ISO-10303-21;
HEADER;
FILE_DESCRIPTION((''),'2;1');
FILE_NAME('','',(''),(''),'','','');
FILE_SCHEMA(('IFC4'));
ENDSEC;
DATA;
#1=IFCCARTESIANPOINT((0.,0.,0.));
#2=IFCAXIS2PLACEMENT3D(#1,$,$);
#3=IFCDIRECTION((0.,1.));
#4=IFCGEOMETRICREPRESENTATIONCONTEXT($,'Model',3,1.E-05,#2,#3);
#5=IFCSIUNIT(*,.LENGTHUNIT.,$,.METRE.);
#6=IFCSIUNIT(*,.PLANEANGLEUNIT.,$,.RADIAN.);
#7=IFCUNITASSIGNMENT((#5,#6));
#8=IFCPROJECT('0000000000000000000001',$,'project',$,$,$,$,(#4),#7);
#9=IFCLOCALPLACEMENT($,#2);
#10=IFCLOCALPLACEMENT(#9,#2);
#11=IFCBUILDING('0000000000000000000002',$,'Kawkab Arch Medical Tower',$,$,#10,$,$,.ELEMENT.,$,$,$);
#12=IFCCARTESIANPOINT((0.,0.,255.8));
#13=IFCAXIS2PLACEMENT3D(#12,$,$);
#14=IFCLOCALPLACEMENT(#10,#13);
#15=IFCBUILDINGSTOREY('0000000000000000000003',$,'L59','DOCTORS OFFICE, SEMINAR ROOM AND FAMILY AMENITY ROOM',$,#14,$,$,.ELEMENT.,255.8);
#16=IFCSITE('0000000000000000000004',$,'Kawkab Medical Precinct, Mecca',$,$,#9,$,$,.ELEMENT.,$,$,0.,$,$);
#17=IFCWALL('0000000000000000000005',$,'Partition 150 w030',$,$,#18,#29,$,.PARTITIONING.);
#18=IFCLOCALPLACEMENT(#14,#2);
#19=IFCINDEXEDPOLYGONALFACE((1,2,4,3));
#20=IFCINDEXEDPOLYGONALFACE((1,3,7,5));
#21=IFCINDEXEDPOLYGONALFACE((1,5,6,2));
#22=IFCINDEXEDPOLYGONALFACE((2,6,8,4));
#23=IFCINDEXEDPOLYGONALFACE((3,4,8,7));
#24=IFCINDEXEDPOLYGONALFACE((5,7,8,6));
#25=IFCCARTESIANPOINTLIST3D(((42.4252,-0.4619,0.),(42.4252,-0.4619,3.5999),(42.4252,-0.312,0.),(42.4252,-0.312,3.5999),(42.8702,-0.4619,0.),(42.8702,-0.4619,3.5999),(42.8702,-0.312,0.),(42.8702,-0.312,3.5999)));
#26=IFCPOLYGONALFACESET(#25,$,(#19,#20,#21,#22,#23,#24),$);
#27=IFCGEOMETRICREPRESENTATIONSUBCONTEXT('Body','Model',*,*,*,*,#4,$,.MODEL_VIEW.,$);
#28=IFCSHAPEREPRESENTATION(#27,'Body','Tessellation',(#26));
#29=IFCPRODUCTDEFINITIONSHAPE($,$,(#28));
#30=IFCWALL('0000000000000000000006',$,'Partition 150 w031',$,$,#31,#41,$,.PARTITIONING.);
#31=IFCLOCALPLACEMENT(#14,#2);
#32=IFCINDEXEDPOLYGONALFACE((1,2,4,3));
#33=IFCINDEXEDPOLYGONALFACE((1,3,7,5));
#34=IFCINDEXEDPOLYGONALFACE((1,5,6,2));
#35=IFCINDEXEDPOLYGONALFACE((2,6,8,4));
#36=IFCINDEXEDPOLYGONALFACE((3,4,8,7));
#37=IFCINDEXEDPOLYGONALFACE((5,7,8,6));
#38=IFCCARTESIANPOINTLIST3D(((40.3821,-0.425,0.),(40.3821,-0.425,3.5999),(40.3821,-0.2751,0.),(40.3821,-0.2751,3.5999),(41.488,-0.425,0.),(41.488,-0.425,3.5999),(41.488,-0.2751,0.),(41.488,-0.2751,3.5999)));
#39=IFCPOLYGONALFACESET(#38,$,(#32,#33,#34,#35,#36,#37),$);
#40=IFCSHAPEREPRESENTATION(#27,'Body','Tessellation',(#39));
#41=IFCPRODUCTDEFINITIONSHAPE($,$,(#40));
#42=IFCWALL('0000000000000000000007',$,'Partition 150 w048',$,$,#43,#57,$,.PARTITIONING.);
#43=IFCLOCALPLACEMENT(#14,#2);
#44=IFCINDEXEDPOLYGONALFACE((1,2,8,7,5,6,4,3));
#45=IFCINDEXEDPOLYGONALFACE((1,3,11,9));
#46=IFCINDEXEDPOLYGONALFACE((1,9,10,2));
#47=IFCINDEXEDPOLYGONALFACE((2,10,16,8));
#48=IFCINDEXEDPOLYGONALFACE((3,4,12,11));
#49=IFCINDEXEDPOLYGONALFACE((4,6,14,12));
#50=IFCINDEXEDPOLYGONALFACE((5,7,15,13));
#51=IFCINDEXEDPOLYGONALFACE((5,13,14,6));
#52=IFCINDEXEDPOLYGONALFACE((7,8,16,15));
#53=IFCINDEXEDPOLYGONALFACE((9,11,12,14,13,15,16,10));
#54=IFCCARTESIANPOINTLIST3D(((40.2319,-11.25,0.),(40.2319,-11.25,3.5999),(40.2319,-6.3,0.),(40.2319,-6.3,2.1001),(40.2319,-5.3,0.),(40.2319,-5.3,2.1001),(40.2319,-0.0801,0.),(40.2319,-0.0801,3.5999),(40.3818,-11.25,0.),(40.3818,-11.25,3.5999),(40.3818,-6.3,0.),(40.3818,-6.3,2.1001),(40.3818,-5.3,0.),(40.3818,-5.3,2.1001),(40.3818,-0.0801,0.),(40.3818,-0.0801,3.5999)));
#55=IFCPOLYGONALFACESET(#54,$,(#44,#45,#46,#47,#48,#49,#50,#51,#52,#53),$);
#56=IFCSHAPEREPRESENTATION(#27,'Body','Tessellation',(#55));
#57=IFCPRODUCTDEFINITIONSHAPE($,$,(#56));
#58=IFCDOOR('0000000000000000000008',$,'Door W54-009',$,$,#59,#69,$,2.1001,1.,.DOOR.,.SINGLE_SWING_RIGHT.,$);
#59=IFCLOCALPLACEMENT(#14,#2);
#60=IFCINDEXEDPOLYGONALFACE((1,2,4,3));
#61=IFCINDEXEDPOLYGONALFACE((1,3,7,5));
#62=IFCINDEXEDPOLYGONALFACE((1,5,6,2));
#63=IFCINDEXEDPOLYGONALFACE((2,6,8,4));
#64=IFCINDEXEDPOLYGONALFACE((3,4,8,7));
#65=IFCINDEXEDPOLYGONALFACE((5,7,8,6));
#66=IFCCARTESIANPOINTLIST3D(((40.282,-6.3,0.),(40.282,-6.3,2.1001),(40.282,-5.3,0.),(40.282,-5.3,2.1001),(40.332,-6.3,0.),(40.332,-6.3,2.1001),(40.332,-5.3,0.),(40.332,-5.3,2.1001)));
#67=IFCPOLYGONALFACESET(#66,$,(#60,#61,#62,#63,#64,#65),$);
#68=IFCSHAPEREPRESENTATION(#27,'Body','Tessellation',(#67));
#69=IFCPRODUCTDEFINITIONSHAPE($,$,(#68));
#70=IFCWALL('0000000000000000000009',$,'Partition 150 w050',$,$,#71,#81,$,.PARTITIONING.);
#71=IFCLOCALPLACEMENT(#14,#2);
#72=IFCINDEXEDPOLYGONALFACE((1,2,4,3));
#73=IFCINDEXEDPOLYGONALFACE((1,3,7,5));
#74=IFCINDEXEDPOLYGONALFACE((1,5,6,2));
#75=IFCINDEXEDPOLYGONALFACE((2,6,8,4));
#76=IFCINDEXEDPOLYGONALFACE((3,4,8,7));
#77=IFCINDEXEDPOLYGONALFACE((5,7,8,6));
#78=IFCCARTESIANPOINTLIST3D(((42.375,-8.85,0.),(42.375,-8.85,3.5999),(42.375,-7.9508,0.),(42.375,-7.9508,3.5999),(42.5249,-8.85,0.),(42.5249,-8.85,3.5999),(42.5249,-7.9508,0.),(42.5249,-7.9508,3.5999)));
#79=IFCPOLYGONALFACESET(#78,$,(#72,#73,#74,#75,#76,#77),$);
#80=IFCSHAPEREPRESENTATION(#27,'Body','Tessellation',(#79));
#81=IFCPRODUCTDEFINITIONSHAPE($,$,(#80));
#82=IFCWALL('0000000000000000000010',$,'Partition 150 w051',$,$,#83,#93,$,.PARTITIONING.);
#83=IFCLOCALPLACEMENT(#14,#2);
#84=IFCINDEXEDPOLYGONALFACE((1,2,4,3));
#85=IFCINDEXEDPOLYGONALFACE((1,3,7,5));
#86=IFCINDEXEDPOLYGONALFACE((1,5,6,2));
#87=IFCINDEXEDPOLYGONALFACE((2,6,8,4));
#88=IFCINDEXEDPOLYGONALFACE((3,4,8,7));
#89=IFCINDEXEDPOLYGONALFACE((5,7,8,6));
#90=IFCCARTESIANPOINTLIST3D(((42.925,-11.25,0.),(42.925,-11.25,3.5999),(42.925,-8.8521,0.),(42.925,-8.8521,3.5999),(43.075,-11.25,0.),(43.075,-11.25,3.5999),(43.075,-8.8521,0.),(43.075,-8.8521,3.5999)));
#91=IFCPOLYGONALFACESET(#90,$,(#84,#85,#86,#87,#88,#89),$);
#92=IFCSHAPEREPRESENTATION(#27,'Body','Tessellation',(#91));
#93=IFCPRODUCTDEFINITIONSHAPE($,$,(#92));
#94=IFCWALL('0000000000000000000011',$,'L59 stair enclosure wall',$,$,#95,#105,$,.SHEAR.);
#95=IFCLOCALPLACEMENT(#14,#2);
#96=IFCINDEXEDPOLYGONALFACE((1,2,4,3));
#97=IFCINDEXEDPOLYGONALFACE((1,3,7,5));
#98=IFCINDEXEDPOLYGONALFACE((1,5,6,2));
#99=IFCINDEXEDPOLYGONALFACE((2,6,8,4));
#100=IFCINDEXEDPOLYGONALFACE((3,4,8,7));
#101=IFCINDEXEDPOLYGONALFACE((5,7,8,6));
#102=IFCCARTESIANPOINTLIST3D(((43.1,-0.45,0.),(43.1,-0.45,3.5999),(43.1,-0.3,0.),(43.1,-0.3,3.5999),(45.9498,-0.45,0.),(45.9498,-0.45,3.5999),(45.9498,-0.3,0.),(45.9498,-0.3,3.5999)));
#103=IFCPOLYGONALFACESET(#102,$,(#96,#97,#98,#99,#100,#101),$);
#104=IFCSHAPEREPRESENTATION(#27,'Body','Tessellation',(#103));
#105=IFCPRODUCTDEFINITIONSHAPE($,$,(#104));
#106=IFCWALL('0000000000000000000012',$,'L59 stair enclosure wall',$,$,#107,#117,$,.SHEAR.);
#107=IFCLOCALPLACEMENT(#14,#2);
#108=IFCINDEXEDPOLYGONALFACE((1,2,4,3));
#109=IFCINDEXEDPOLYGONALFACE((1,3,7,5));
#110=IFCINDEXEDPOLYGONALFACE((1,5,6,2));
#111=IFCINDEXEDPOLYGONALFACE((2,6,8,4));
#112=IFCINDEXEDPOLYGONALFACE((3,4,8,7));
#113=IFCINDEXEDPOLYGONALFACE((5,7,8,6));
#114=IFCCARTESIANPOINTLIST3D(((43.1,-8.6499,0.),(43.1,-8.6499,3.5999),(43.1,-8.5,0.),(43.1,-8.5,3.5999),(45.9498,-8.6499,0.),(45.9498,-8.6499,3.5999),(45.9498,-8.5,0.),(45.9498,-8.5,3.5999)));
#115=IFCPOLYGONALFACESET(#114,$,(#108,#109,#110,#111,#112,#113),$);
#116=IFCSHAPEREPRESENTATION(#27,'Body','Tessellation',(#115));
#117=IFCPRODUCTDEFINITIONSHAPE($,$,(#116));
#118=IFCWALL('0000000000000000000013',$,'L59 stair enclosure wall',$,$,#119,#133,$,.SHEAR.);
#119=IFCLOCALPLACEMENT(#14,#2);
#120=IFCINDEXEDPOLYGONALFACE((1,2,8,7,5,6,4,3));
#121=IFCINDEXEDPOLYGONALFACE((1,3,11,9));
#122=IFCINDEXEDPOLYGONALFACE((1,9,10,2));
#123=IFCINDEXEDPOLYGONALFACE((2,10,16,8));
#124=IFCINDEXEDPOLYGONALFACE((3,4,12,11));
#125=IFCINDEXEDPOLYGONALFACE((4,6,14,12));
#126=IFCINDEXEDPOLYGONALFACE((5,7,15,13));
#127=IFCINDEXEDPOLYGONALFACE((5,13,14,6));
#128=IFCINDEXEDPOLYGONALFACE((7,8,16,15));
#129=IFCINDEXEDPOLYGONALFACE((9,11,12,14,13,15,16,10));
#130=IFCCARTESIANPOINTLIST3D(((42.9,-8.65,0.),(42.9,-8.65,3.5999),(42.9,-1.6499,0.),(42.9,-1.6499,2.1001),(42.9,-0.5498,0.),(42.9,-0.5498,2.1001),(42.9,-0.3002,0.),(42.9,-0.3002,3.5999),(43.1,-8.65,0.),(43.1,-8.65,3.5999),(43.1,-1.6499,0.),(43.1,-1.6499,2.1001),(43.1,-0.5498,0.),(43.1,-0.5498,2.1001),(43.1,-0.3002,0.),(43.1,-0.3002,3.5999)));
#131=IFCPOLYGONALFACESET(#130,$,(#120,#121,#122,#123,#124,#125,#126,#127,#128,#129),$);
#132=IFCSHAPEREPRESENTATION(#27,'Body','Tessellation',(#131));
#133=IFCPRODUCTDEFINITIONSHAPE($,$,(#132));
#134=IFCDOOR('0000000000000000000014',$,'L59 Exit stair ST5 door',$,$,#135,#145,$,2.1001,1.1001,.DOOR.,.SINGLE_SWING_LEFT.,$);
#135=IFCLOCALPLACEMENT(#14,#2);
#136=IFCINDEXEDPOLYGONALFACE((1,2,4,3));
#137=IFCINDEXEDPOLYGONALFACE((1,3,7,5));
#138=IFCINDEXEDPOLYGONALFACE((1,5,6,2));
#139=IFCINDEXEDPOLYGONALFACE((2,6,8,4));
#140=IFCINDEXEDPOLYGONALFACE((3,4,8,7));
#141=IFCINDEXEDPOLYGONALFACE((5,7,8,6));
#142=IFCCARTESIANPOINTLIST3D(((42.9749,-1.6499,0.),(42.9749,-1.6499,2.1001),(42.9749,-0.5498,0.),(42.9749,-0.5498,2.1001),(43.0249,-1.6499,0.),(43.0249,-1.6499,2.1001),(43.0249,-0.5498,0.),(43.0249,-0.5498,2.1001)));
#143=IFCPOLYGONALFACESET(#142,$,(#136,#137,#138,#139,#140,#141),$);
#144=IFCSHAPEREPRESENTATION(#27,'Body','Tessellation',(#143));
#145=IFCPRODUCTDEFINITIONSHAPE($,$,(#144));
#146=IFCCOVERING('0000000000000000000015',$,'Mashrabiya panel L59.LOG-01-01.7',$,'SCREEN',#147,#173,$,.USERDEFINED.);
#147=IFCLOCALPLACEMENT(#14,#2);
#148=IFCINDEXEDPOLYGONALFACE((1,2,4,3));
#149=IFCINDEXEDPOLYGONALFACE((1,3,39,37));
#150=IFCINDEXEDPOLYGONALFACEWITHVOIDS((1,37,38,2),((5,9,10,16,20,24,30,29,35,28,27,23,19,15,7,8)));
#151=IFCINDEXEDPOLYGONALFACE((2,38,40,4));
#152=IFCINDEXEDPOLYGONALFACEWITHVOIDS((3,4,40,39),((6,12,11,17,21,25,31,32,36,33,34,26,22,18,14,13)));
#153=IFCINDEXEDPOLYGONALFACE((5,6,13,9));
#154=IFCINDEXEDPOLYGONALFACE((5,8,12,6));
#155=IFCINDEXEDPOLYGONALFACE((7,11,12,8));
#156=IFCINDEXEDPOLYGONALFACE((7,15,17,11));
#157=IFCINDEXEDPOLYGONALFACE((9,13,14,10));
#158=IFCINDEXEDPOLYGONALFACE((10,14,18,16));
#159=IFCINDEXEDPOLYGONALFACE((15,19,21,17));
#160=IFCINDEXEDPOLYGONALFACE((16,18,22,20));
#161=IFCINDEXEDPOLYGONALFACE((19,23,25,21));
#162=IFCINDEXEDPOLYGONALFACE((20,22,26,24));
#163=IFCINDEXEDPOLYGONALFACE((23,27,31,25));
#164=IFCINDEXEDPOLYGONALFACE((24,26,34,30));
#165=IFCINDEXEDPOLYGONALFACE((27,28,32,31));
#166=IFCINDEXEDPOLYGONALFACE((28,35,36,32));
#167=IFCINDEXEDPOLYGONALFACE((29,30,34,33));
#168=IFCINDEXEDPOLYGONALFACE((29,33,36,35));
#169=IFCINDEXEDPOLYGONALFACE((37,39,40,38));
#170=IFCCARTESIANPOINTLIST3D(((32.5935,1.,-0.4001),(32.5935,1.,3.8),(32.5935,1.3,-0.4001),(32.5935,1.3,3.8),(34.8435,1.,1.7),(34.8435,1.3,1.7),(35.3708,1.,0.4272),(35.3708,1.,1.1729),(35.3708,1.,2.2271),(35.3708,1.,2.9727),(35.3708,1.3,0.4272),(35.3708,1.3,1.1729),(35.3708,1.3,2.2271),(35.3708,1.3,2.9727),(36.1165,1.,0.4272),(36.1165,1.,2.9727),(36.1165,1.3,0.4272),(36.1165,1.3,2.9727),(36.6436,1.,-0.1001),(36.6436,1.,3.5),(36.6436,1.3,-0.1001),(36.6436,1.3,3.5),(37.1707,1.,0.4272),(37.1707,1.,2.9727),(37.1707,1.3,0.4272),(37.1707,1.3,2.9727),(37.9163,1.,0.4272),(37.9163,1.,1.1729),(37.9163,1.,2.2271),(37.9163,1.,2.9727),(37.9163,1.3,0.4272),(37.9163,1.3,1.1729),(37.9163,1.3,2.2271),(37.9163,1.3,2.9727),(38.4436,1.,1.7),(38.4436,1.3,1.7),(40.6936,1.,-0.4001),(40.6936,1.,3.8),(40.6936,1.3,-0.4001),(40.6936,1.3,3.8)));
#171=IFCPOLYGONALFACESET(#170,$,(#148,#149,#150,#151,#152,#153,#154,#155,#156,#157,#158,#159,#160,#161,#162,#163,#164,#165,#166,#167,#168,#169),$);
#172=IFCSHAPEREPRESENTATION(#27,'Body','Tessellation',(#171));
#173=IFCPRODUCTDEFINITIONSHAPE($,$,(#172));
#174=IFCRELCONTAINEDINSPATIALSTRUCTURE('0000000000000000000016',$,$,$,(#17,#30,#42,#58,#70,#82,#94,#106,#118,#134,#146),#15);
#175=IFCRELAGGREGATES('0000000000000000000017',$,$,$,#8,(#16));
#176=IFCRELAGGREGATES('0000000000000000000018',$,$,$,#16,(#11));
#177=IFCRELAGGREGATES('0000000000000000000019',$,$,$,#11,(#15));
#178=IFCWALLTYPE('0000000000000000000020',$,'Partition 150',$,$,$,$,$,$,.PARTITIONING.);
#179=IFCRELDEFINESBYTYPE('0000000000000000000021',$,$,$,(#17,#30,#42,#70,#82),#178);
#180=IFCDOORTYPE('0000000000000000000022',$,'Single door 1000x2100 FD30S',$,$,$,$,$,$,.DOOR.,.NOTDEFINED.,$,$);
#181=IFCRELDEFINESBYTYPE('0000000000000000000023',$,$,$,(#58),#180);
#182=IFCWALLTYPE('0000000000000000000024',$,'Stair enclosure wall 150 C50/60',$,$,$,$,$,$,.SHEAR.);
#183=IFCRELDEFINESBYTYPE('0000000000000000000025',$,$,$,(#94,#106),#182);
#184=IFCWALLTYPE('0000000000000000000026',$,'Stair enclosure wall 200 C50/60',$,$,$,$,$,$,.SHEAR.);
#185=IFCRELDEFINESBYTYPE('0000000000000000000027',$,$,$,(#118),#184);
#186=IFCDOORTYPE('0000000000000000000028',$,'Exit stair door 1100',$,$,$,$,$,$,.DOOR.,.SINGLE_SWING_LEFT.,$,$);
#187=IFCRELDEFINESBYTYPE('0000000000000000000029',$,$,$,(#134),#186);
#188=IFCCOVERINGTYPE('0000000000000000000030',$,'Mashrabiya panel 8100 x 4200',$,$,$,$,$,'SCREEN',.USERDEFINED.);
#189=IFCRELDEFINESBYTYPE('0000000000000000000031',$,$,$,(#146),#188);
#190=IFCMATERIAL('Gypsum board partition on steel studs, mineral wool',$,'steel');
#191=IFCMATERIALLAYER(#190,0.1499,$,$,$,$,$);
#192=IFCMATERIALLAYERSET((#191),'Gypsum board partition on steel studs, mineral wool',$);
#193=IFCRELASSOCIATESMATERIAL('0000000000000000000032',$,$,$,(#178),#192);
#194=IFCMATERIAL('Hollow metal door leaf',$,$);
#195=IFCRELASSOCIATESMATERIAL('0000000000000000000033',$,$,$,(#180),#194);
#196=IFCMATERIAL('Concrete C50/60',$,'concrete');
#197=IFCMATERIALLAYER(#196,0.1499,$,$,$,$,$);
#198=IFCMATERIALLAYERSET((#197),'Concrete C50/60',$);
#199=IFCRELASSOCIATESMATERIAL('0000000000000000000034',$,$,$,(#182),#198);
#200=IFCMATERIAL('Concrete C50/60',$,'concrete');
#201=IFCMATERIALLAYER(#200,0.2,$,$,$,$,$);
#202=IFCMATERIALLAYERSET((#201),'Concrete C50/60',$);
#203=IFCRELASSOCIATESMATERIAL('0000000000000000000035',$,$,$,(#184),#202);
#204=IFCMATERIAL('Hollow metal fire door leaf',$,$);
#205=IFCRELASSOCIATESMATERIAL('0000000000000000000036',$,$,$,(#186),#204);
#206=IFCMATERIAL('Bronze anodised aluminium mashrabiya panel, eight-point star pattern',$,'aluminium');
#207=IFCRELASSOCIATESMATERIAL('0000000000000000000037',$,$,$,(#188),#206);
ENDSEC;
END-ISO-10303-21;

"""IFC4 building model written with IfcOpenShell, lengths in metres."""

from ifc_helpers import new_model, si_unit, direction, frame, frame_2d, origin, place, context, subcontext, project, spatial, polyline, rectangle, outline, extrude, material, layer, layer_set, material_profile, profile_set, type_object, element, fill, save


model = new_model("IFC4")

# Units and contexts
model_context = context("Model", 3, precision=1e-05, world=origin(), true_north=direction((0.0, 1.0)))
body_context = subcontext(model_context, "Body", "Model", "MODEL_VIEW")
ifc_project = project(units=[si_unit("LENGTHUNIT", "METRE"), si_unit("PLANEANGLEUNIT", "RADIAN")], contexts=[model_context])

# Site, building, storey
site_placement = place(None, origin())
site = spatial("IfcSite", under=ifc_project, at=site_placement, Name="Kawkab Medical Precinct, Mecca", CompositionType="ELEMENT", RefElevation=0.0)
building_placement = place(site_placement, origin())
building = spatial("IfcBuilding", under=site, at=building_placement, Name="Kawkab Arch Medical Tower", CompositionType="ELEMENT")
storey_placement = place(building_placement, frame((0.0, 0.0, 255.8)))
storey = spatial("IfcBuildingStorey", under=building, at=storey_placement, Name="L59", Description="DOCTORS OFFICE, SEMINAR ROOM AND FAMILY AMENITY ROOM", CompositionType="ELEMENT", Elevation=255.8)

# Shared definitions
ifc_material_1 = material(Name="Gypsum board partition on steel studs, mineral wool", Category="steel")
ifc_layer_1 = layer(ifc_material_1, 0.1499)
ifc_layer_set_1 = layer_set([ifc_layer_1], Name="Gypsum board partition on steel studs, mineral wool")
wall_type_1 = type_object("IfcWallType", Name="Partition 150", PredefinedType="PARTITIONING", material=ifc_layer_set_1)
ifc_material_2 = material(Name="Hollow metal door leaf")
door_type_1 = type_object("IfcDoorType", Name="Single door 1000x2100 FD30S", OperationType="NOTDEFINED", PredefinedType="DOOR", material=ifc_material_2)

# Walls
wall_1_placement = place(storey_placement, frame((42.425, -0.387, 0.0), z_axis=(0.0, 0.0, 1.0), x_axis=(1.0, 0.0, 0.0)))
element("IfcWall", 1, at=wall_1_placement, inside=storey, type_object=wall_type_1, Name="Partition 150 w030", PredefinedType="PARTITIONING", context=body_context, shape_type="SweptSolid", body=[
    extrude(rectangle(XDim=0.4451, YDim=0.1499, at=frame_2d((0.2227, 0.0))), origin(), (0.0, 0.0, 1.0), 3.5999),
])
wall_2_placement = place(storey_placement, frame((40.3821, -0.3501, 0.0), z_axis=(0.0, 0.0, 1.0), x_axis=(1.0, 0.0, 0.0)))
element("IfcWall", 2, at=wall_2_placement, inside=storey, type_object=wall_type_1, Name="Partition 150 w031", PredefinedType="PARTITIONING", context=body_context, shape_type="SweptSolid", body=[
    extrude(rectangle(XDim=1.106, YDim=0.1499, at=frame_2d((0.553, 0.0))), origin(), (0.0, 0.0, 1.0), 3.5999),
])

# Wall, opening, door
wall_3_placement = place(storey_placement, frame((40.3069, -11.25, 0.0), z_axis=(0.0, 0.0, 1.0), x_axis=(0.0, 1.0, 0.0)))
wall_3 = element("IfcWall", 3, at=wall_3_placement, inside=storey, type_object=wall_type_1, Name="Partition 150 w048", PredefinedType="PARTITIONING", context=body_context, shape_type="SweptSolid", body=[
    extrude(rectangle(XDim=11.1699, YDim=0.1499, at=frame_2d((5.585, 0.0))), origin(), (0.0, 0.0, 1.0), 3.5999),
])
opening_1_placement = place(wall_3_placement, frame((4.95, 0.0, 0.0)))
opening_1 = element("IfcOpeningElement", 4, at=opening_1_placement, cuts=wall_3, PredefinedType="OPENING", context=body_context, shape_type="SweptSolid", body=[
    extrude(rectangle(XDim=1.0, YDim=2.1001, at=frame_2d((0.5, 1.05))), frame((0.0, 0.085, 0.0), z_axis=(0.0, -1.0, 0.0), x_axis=(1.0, 0.0, 0.0)), (0.0, 0.0, 1.0), 0.1699),
])
door_1_placement = place(opening_1_placement, origin())
door_1 = element("IfcDoor", 5, at=door_1_placement, inside=storey, type_object=door_type_1, Name="Door W54-009", OperationType="SINGLE_SWING_RIGHT", OverallHeight=2.1001, OverallWidth=1.0, PredefinedType="DOOR", context=body_context, shape_type="SweptSolid", body=[
    extrude(rectangle(XDim=1.0, YDim=2.1001, at=frame_2d((0.5, 1.05))), frame((0.0, 0.0249, 0.0), z_axis=(0.0, -1.0, 0.0), x_axis=(1.0, 0.0, 0.0)), (0.0, 0.0, 1.0), 0.05),
])
fill(opening_1, door_1)

# Walls
wall_4_placement = place(storey_placement, frame((42.45, -8.8501, 0.0), z_axis=(0.0, 0.0, 1.0), x_axis=(0.0, 1.0, 0.0)))
element("IfcWall", 6, at=wall_4_placement, inside=storey, type_object=wall_type_1, Name="Partition 150 w050", PredefinedType="PARTITIONING", context=body_context, shape_type="SweptSolid", body=[
    extrude(rectangle(XDim=0.8992, YDim=0.1499, at=frame_2d((0.4497, 0.0))), origin(), (0.0, 0.0, 1.0), 3.5999),
])
wall_5_placement = place(storey_placement, frame((43.0, -11.25, 0.0), z_axis=(0.0, 0.0, 1.0), x_axis=(0.0, 1.0, 0.0)))
element("IfcWall", 7, at=wall_5_placement, inside=storey, type_object=wall_type_1, Name="Partition 150 w051", PredefinedType="PARTITIONING", context=body_context, shape_type="SweptSolid", body=[
    extrude(rectangle(XDim=2.3979, YDim=0.1499, at=frame_2d((1.199, 0.0))), origin(), (0.0, 0.0, 1.0), 3.5999),
])
ifc_material_3 = material(Name="Concrete C50/60", Category="concrete")
ifc_layer_2 = layer(ifc_material_3, 0.1499)
ifc_layer_set_2 = layer_set([ifc_layer_2], Name="Concrete C50/60")
wall_type_2 = type_object("IfcWallType", Name="Stair enclosure wall 150 C50/60", PredefinedType="SHEAR", material=ifc_layer_set_2)
for number, where, z_axis, x_axis, name in (
    (8, (43.1001, -0.375, 0.0), (0.0, 0.0, 1.0), (1.0, 0.0, 0.0), "L59 stair enclosure wall"),
    (9, (43.1001, -8.575, 0.0), (0.0, 0.0, 1.0), (1.0, 0.0, 0.0), "L59 stair enclosure wall"),
):
    element("IfcWall", number, at=place(storey_placement, frame(where, z_axis=z_axis, x_axis=x_axis)), inside=storey, type_object=wall_type_2, Name=name, PredefinedType="SHEAR", context=body_context, shape_type="SweptSolid", body=[
        extrude(rectangle(XDim=2.8499, YDim=0.1499, at=frame_2d((1.4248, 0.0))), origin(), (0.0, 0.0, 1.0), 3.5999),
    ])

# Wall, opening, door
ifc_material_4 = material(Name="Concrete C50/60", Category="concrete")
ifc_layer_3 = layer(ifc_material_4, 0.2)
ifc_layer_set_3 = layer_set([ifc_layer_3], Name="Concrete C50/60")
wall_type_3 = type_object("IfcWallType", Name="Stair enclosure wall 200 C50/60", PredefinedType="SHEAR", material=ifc_layer_set_3)
wall_6_placement = place(storey_placement, frame((43.0, -8.6499, 0.0), z_axis=(0.0, 0.0, 1.0), x_axis=(0.0, 1.0, 0.0)))
wall_6 = element("IfcWall", 10, at=wall_6_placement, inside=storey, type_object=wall_type_3, Name="L59 stair enclosure wall", PredefinedType="SHEAR", context=body_context, shape_type="SweptSolid", body=[
    extrude(rectangle(XDim=8.3499, YDim=0.2, at=frame_2d((4.1748, 0.0))), origin(), (0.0, 0.0, 1.0), 3.5999),
])
opening_2_placement = place(wall_6_placement, frame((7.0, 0.0, 0.0)))
opening_2 = element("IfcOpeningElement", 11, at=opening_2_placement, cuts=wall_6, PredefinedType="OPENING", context=body_context, shape_type="SweptSolid", body=[
    extrude(rectangle(XDim=1.1001, YDim=2.1001, at=frame_2d((0.55, 1.05))), frame((0.0, 0.1099, 0.0), z_axis=(0.0, -1.0, 0.0), x_axis=(1.0, 0.0, 0.0)), (0.0, 0.0, 1.0), 0.22),
])
ifc_material_5 = material(Name="Hollow metal fire door leaf")
door_type_2 = type_object("IfcDoorType", Name="Exit stair door 1100", OperationType="SINGLE_SWING_LEFT", PredefinedType="DOOR", material=ifc_material_5)
door_2_placement = place(opening_2_placement, frame((1.1001, 0.0, 0.0), z_axis=(0.0, 0.0, 1.0), x_axis=(-1.0, 0.0, 0.0)))
door_2 = element("IfcDoor", 12, at=door_2_placement, inside=storey, type_object=door_type_2, Name="L59 Exit stair ST5 door", OperationType="SINGLE_SWING_LEFT", OverallHeight=2.1001, OverallWidth=1.1001, PredefinedType="DOOR", context=body_context, shape_type="SweptSolid", body=[
    extrude(rectangle(XDim=1.1001, YDim=2.1001, at=frame_2d((0.55, 1.05))), frame((0.0, 0.0249, 0.0), z_axis=(0.0, -1.0, 0.0), x_axis=(1.0, 0.0, 0.0)), (0.0, 0.0, 1.0), 0.05),
])
fill(opening_2, door_2)

# Covering
ifc_material_6 = material(Name="Bronze anodised aluminium mashrabiya panel, eight-point star pattern", Category="aluminium")
ifc_material_profile_1 = material_profile(ifc_material_6, outline(polyline([(-4.05, -2.1001), (4.05, -2.1001), (4.05, 2.1001), (-4.05, 2.1001), (-4.05, -2.1001)]), holes=[polyline([(1.8, 0.0), (1.2727, 0.5271), (1.2727, 1.2727), (0.5271, 1.2727), (0.0, 1.8), (-0.5271, 1.2727), (-1.2727, 1.2727), (-1.2727, 0.5271), (-1.8, 0.0), (-1.2727, -0.5271), (-1.2727, -1.2727), (-0.5271, -1.2727), (0.0, -1.8), (0.5271, -1.2727), (1.2727, -1.2727), (1.2727, -0.5271), (1.8, 0.0)])]), Name="Mashrabiya panel 8100x4200")
ifc_profile_set_1 = profile_set([ifc_material_profile_1], Name="Bronze anodised aluminium mashrabiya panel, eight-point star pattern")
covering_type_1 = type_object("IfcCoveringType", Name="Mashrabiya panel 8100 x 4200", ElementType="SCREEN", PredefinedType="USERDEFINED", material=ifc_profile_set_1)
covering_1_placement = place(storey_placement, frame((36.6436, 1.0, 1.7), z_axis=(0.0, 1.0, 0.0), x_axis=(-1.0, 0.0, 0.0)))
element("IfcCovering", 13, at=covering_1_placement, inside=storey, type_object=covering_type_1, Name="Mashrabiya panel L59.LOG-01-01.7", ObjectType="SCREEN", PredefinedType="USERDEFINED", context=body_context, shape_type="SweptSolid", body=[
    extrude(outline(polyline([(-4.05, -2.1001), (4.05, -2.1001), (4.05, 2.1001), (-4.05, 2.1001), (-4.05, -2.1001)]), holes=[polyline([(1.8, 0.0), (1.2727, 0.5271), (1.2727, 1.2727), (0.5271, 1.2727), (0.0, 1.8), (-0.5271, 1.2727), (-1.2727, 1.2727), (-1.2727, 0.5271), (-1.8, 0.0), (-1.2727, -0.5271), (-1.2727, -1.2727), (-0.5271, -1.2727), (0.0, -1.8), (0.5271, -1.2727), (1.2727, -1.2727), (1.2727, -0.5271), (1.8, 0.0)])]), origin(), (0.0, 0.0, 1.0), 0.3),
])

save(model, "model.ifc")
